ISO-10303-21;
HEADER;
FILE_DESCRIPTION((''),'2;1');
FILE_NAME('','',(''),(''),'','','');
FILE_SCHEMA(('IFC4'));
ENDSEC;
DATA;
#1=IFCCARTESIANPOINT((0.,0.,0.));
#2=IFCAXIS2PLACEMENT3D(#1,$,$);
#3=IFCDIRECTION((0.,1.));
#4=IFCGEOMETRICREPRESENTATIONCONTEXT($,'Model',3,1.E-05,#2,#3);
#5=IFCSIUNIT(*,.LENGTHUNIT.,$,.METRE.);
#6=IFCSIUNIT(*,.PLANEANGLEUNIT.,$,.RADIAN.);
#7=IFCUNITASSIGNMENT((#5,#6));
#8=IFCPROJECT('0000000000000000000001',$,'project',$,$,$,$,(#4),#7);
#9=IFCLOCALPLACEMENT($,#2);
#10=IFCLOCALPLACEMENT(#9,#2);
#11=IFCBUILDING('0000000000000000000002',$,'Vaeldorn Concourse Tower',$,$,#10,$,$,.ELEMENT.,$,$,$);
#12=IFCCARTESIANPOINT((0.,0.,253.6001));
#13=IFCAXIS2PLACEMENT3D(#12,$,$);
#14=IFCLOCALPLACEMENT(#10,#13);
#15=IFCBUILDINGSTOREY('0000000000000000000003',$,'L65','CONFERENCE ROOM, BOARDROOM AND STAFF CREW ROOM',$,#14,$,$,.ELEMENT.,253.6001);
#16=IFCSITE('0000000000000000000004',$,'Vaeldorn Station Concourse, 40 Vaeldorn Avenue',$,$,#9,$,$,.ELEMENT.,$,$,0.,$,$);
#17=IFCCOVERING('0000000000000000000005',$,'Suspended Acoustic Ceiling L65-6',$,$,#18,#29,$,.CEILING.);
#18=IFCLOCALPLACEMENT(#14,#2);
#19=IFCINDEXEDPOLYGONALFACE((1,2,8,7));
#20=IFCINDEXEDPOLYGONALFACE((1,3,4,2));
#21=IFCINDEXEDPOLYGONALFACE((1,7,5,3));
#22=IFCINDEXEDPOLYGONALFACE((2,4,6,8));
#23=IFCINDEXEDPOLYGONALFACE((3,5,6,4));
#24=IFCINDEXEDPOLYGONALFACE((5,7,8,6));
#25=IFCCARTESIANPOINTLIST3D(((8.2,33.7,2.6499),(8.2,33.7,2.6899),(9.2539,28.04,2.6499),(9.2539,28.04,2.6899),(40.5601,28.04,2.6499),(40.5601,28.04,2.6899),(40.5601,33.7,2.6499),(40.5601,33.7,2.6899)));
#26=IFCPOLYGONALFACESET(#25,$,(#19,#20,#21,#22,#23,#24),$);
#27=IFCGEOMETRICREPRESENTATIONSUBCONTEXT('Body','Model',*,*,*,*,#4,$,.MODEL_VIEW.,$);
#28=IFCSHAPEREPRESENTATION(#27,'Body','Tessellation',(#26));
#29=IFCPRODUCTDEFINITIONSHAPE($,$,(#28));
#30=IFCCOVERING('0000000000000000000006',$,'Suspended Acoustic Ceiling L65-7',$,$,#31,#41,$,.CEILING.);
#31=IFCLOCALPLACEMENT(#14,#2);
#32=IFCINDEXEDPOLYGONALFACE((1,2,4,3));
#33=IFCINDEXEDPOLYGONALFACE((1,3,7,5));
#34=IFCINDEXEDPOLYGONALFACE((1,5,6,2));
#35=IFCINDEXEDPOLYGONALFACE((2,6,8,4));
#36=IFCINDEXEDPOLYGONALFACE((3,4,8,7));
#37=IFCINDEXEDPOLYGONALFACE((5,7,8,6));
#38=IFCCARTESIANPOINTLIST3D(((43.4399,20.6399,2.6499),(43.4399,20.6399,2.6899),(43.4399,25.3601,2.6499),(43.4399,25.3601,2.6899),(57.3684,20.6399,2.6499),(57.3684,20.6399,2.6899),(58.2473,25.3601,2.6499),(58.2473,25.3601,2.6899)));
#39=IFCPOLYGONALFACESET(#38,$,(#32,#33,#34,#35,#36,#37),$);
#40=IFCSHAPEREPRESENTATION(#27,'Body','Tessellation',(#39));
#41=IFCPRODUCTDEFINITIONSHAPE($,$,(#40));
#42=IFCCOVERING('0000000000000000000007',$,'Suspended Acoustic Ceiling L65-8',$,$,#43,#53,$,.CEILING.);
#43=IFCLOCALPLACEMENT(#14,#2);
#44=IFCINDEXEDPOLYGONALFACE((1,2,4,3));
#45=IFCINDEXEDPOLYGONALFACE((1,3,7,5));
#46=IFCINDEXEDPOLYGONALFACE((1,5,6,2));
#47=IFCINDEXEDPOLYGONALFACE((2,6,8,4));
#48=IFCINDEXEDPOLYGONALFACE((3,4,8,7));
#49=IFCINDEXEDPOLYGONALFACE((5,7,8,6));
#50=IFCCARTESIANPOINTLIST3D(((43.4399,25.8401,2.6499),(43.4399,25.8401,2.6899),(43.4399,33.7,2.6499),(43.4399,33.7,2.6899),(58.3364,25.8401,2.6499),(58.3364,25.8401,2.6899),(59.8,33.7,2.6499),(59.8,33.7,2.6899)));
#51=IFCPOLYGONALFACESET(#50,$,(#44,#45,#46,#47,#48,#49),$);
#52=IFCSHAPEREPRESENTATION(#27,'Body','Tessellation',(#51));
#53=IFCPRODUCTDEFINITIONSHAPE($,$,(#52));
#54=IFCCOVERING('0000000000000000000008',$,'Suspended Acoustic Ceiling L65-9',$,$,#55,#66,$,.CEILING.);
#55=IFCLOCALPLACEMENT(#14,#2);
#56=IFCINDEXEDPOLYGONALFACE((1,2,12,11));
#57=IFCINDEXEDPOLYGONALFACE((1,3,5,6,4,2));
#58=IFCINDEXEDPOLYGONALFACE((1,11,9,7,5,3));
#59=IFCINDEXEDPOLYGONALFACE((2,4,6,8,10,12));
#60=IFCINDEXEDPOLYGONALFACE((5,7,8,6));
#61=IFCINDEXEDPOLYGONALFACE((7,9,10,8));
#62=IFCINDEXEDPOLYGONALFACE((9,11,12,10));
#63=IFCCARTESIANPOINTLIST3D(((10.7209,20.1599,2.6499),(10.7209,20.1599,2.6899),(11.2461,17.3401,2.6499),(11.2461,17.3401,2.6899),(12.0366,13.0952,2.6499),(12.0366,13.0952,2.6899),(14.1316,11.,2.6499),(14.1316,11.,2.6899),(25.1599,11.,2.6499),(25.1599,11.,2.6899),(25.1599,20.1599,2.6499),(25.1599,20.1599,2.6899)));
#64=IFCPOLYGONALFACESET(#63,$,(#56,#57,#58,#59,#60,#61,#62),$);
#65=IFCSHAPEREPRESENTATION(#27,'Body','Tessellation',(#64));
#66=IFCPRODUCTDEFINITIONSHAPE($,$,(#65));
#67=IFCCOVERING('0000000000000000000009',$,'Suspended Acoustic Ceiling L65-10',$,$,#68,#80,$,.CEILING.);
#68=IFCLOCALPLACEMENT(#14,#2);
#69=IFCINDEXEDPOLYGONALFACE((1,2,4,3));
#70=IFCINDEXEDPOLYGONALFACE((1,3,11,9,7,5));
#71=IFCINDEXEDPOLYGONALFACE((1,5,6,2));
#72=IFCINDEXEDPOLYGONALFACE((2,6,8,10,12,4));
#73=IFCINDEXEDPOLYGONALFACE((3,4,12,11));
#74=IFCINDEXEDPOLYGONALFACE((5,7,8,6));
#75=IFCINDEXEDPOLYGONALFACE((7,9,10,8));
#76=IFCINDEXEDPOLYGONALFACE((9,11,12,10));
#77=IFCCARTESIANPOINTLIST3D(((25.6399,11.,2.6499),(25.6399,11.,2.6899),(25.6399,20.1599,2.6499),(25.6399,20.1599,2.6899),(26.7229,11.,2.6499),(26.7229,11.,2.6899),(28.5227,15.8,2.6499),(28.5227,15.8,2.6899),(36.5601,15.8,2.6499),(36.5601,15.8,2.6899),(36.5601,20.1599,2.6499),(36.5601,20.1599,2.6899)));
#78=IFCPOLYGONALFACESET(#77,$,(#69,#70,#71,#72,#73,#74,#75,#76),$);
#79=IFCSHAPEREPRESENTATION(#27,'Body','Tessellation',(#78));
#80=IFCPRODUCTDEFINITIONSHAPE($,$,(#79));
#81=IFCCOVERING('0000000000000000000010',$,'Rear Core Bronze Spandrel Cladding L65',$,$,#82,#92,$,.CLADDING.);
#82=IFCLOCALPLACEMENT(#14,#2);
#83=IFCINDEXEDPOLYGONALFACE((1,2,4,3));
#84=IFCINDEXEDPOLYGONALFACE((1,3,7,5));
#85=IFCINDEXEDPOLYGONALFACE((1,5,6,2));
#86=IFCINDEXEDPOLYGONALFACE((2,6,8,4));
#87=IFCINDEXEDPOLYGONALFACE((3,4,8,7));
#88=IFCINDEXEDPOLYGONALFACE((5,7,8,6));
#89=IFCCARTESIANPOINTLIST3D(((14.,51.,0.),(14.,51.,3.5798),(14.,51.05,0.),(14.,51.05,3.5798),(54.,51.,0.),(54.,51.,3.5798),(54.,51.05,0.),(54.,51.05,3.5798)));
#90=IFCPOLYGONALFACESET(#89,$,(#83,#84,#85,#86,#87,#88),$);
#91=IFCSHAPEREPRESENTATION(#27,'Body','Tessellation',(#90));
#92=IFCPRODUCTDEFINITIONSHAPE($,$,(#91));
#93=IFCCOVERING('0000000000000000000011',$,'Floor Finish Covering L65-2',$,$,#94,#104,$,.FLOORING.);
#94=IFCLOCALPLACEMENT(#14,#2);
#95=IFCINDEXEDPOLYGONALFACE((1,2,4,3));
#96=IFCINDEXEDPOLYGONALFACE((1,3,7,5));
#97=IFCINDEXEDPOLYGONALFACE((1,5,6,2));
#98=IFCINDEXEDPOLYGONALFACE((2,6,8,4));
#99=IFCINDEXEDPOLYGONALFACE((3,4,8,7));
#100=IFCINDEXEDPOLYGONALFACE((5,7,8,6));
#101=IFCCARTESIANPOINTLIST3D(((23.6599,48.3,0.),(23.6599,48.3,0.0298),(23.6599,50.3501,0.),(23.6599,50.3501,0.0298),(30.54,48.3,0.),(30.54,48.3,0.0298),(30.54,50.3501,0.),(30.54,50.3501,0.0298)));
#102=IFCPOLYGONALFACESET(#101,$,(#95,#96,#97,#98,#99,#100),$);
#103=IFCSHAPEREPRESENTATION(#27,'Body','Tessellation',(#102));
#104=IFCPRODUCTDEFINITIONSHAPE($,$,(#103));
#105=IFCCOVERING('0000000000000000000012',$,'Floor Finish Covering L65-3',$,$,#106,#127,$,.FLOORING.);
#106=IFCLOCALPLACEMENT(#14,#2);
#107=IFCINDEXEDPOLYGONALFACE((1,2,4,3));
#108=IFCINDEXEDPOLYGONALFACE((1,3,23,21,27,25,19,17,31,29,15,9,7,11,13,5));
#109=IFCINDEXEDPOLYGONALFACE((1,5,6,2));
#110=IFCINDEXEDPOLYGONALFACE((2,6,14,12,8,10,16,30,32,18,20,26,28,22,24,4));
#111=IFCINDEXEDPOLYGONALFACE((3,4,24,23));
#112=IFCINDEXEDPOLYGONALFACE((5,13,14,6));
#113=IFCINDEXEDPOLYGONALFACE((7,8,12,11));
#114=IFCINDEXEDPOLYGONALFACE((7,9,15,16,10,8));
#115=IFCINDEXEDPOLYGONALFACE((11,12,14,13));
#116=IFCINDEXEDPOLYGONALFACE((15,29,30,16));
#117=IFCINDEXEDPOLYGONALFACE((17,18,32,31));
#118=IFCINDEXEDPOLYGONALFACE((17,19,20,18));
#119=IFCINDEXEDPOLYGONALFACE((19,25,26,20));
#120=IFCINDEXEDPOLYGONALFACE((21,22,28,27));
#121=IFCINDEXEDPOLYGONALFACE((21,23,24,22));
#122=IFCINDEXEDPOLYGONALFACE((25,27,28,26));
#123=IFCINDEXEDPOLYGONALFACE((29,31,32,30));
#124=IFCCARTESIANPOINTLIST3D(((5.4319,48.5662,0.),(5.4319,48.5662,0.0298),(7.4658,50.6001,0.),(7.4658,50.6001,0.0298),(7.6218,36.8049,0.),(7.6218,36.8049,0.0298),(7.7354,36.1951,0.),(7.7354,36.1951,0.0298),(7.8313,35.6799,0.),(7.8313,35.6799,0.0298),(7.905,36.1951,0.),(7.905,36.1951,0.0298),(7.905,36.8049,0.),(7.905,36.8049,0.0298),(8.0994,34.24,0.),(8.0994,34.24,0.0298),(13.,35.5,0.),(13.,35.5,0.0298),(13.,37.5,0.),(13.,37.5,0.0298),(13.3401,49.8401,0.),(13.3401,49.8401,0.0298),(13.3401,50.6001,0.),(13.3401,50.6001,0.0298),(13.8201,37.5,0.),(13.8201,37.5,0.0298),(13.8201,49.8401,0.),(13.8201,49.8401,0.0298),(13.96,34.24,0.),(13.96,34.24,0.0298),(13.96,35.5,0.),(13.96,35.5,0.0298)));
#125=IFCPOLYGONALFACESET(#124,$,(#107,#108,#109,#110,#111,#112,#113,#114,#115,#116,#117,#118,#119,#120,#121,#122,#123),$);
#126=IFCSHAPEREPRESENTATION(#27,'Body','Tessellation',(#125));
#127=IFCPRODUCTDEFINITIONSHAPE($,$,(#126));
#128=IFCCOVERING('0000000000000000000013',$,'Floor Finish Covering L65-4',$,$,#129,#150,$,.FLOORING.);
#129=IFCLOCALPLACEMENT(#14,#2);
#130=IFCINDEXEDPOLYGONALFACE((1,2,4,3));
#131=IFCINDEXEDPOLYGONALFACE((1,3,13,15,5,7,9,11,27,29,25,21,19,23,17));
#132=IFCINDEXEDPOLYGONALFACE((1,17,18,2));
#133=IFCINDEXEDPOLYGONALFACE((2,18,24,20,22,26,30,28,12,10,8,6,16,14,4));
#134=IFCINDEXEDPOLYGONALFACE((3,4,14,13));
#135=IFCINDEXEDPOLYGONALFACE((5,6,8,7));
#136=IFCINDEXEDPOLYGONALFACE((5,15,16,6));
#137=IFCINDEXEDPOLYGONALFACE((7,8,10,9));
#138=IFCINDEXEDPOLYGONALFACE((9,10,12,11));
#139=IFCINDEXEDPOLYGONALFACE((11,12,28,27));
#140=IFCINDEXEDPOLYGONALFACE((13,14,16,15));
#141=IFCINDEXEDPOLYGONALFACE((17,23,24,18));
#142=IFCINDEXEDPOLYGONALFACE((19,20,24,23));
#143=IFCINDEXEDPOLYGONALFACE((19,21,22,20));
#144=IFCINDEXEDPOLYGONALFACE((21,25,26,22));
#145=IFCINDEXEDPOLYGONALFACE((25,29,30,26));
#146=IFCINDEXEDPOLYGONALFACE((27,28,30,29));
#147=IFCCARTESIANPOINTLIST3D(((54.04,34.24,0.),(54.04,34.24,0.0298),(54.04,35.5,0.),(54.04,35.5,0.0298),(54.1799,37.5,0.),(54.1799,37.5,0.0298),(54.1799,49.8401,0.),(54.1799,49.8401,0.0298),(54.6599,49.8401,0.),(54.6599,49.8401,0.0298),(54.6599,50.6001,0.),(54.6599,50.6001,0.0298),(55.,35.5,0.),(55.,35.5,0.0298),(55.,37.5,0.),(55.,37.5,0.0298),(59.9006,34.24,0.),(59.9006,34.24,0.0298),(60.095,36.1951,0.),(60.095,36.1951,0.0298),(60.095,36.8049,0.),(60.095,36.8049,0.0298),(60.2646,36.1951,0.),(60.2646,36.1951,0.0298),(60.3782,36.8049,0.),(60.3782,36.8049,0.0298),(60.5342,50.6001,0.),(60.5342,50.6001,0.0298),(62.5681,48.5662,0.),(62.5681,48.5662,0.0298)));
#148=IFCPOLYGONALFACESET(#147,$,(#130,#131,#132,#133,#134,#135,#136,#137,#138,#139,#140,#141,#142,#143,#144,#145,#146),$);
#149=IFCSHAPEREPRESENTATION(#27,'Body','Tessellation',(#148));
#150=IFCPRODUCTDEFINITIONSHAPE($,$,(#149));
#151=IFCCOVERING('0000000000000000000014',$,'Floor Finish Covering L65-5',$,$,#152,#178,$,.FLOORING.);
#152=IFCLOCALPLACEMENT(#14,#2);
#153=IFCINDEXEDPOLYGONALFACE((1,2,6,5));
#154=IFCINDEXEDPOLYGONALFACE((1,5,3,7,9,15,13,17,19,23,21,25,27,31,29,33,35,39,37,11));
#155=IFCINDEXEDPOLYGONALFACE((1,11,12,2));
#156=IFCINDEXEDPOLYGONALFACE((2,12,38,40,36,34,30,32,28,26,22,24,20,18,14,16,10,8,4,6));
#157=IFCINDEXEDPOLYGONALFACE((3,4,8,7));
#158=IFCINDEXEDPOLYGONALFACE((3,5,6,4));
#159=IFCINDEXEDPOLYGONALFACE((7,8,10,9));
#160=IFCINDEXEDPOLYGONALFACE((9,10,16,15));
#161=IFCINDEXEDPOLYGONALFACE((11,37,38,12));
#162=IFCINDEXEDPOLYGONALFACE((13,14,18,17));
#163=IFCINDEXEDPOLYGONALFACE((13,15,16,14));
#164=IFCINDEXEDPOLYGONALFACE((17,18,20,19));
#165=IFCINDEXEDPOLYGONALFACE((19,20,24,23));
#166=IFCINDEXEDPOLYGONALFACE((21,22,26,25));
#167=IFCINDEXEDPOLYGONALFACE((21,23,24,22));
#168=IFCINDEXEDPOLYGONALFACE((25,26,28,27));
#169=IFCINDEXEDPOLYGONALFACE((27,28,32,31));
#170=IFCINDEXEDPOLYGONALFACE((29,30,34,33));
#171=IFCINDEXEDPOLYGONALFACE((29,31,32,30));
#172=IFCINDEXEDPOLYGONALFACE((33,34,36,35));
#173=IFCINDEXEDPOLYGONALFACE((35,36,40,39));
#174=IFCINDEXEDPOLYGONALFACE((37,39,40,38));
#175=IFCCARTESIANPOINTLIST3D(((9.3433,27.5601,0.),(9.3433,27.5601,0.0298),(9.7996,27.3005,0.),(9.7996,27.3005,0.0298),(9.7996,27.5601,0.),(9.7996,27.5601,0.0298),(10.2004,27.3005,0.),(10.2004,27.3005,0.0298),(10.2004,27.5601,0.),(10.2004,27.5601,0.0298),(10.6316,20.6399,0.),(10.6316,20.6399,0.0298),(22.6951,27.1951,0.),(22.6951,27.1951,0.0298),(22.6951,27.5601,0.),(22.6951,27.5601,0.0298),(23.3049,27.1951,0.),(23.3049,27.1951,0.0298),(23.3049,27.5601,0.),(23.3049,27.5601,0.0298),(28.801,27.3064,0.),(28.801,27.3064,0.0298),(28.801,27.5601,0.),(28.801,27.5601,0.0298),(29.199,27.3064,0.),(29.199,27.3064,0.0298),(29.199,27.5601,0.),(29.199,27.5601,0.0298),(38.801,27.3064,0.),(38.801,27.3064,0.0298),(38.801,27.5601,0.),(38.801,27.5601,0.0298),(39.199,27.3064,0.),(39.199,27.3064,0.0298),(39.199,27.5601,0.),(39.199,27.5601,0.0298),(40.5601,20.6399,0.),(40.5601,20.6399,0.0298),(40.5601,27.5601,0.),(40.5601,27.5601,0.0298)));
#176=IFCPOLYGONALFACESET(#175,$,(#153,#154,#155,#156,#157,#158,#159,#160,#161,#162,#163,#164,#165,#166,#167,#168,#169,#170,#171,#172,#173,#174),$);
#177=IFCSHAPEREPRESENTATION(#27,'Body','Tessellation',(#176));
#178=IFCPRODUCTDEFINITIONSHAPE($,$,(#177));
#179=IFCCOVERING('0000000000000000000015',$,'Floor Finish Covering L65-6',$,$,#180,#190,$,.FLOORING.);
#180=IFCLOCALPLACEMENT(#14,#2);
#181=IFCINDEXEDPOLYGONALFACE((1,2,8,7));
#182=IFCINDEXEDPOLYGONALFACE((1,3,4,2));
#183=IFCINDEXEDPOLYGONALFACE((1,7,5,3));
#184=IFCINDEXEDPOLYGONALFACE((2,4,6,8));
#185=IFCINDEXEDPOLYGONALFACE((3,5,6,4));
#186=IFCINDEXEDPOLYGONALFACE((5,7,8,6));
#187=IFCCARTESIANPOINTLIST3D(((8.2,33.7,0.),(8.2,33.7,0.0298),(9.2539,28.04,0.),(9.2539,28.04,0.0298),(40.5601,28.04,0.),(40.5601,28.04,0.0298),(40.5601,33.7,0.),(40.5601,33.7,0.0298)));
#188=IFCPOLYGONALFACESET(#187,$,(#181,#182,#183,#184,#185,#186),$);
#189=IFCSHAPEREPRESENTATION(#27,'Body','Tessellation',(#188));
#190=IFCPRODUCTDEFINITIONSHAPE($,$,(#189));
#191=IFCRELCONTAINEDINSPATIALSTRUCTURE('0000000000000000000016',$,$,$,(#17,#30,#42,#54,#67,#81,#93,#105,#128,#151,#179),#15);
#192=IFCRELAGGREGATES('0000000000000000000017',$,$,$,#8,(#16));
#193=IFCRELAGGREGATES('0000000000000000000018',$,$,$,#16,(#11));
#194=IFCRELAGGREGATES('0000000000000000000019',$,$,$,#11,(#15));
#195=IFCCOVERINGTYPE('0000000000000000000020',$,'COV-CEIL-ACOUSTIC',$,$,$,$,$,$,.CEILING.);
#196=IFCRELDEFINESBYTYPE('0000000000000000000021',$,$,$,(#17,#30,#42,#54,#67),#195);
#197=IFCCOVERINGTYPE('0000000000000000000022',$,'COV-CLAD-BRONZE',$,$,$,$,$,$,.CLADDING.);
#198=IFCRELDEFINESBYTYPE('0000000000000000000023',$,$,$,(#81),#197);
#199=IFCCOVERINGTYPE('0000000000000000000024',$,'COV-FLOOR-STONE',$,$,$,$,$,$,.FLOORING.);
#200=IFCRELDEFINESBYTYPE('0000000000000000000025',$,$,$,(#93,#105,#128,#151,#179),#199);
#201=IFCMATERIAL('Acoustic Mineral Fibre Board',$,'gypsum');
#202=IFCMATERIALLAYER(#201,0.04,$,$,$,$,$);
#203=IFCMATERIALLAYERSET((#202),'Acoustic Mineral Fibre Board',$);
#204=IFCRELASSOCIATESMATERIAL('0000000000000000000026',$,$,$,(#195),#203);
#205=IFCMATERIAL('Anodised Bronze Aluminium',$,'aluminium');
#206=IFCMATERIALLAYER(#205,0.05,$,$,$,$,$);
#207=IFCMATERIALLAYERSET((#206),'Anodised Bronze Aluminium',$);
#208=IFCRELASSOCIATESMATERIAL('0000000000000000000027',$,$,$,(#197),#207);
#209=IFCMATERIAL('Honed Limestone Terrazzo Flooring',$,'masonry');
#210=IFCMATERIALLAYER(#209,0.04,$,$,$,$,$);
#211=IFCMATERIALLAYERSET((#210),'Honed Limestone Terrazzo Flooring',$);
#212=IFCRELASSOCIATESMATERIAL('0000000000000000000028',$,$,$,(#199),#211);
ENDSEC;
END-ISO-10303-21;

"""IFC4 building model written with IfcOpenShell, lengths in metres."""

from ifc_helpers import new_model, si_unit, direction, frame, origin, place, context, subcontext, project, spatial, polyline, outline, extrude, material, layer, layer_set, type_object, element, save


model = new_model("IFC4")

# Units and contexts
model_context = context("Model", 3, precision=1e-05, world=origin(), true_north=direction((0.0, 1.0)))
body_context = subcontext(model_context, "Body", "Model", "MODEL_VIEW")
ifc_project = project(units=[si_unit("LENGTHUNIT", "METRE"), si_unit("PLANEANGLEUNIT", "RADIAN")], contexts=[model_context])

# Site, building, storey
site_placement = place(None, origin())
site = spatial("IfcSite", under=ifc_project, at=site_placement, Name="Vaeldorn Station Concourse, 40 Vaeldorn Avenue", CompositionType="ELEMENT", RefElevation=0.0)
building_placement = place(site_placement, origin())
building = spatial("IfcBuilding", under=site, at=building_placement, Name="Vaeldorn Concourse Tower", CompositionType="ELEMENT")
storey_placement = place(building_placement, frame((0.0, 0.0, 253.6001)))
storey = spatial("IfcBuildingStorey", under=building, at=storey_placement, Name="L65", Description="CONFERENCE ROOM, BOARDROOM AND STAFF CREW ROOM", CompositionType="ELEMENT", Elevation=253.6001)

# Coverings
ifc_material_1 = material(Name="Acoustic Mineral Fibre Board", Category="gypsum")
ifc_layer_1 = layer(ifc_material_1, 0.04)
ifc_layer_set_1 = layer_set([ifc_layer_1], Name="Acoustic Mineral Fibre Board")
covering_type_1 = type_object("IfcCoveringType", Name="COV-CEIL-ACOUSTIC", PredefinedType="CEILING", material=ifc_layer_set_1)
covering_1_placement = place(storey_placement, frame((0.0, 0.0, 2.6499)))
element("IfcCovering", 1, at=covering_1_placement, inside=storey, type_object=covering_type_1, Name="Suspended Acoustic Ceiling L65-6", PredefinedType="CEILING", context=body_context, shape_type="SweptSolid", body=[
    extrude(outline(polyline([(40.5601, 33.7), (40.5601, 28.04), (9.2539, 28.04), (8.2, 33.7), (40.5601, 33.7)])), origin(), (0.0, 0.0, 1.0), 0.04),
])
covering_2_placement = place(storey_placement, frame((0.0, 0.0, 2.6499)))
element("IfcCovering", 2, at=covering_2_placement, inside=storey, type_object=covering_type_1, Name="Suspended Acoustic Ceiling L65-7", PredefinedType="CEILING", context=body_context, shape_type="SweptSolid", body=[
    extrude(outline(polyline([(43.4399, 20.6399), (43.4399, 25.3601), (58.2473, 25.3601), (57.3684, 20.6399), (43.4399, 20.6399)])), origin(), (0.0, 0.0, 1.0), 0.04),
])
covering_3_placement = place(storey_placement, frame((0.0, 0.0, 2.6499)))
element("IfcCovering", 3, at=covering_3_placement, inside=storey, type_object=covering_type_1, Name="Suspended Acoustic Ceiling L65-8", PredefinedType="CEILING", context=body_context, shape_type="SweptSolid", body=[
    extrude(outline(polyline([(43.4399, 25.8401), (43.4399, 33.7), (59.8, 33.7), (58.3364, 25.8401), (43.4399, 25.8401)])), origin(), (0.0, 0.0, 1.0), 0.04),
])
covering_4_placement = place(storey_placement, frame((0.0, 0.0, 2.6499)))
element("IfcCovering", 4, at=covering_4_placement, inside=storey, type_object=covering_type_1, Name="Suspended Acoustic Ceiling L65-9", PredefinedType="CEILING", context=body_context, shape_type="SweptSolid", body=[
    extrude(outline(polyline([(25.1599, 20.1599), (25.1599, 11.0), (14.1316, 11.0), (12.0366, 13.0952), (11.2461, 17.3401), (11.2461, 17.3401), (10.7209, 20.1599), (25.1599, 20.1599)])), origin(), (0.0, 0.0, 1.0), 0.04),
])
covering_5_placement = place(storey_placement, frame((0.0, 0.0, 2.6499)))
element("IfcCovering", 5, at=covering_5_placement, inside=storey, type_object=covering_type_1, Name="Suspended Acoustic Ceiling L65-10", PredefinedType="CEILING", context=body_context, shape_type="SweptSolid", body=[
    extrude(outline(polyline([(26.7229, 11.0), (25.6399, 11.0), (25.6399, 20.1599), (36.5601, 20.1599), (36.5601, 15.8), (28.5227, 15.8), (26.7229, 11.0)])), origin(), (0.0, 0.0, 1.0), 0.04),
])
ifc_material_2 = material(Name="Anodised Bronze Aluminium", Category="aluminium")
ifc_layer_2 = layer(ifc_material_2, 0.05)
ifc_layer_set_2 = layer_set([ifc_layer_2], Name="Anodised Bronze Aluminium")
covering_type_2 = type_object("IfcCoveringType", Name="COV-CLAD-BRONZE", PredefinedType="CLADDING", material=ifc_layer_set_2)
covering_6_placement = place(storey_placement, origin())
element("IfcCovering", 6, at=covering_6_placement, inside=storey, type_object=covering_type_2, Name="Rear Core Bronze Spandrel Cladding L65", PredefinedType="CLADDING", context=body_context, shape_type="SweptSolid", body=[
    extrude(outline(polyline([(14.0, 51.0), (54.0, 51.0), (54.0, 51.05), (14.0, 51.05), (14.0, 51.0)])), origin(), (0.0, 0.0, 1.0), 3.5798),
])
ifc_material_3 = material(Name="Honed Limestone Terrazzo Flooring", Category="masonry")
ifc_layer_3 = layer(ifc_material_3, 0.04)
ifc_layer_set_3 = layer_set([ifc_layer_3], Name="Honed Limestone Terrazzo Flooring")
covering_type_3 = type_object("IfcCoveringType", Name="COV-FLOOR-STONE", PredefinedType="FLOORING", material=ifc_layer_set_3)
covering_7_placement = place(storey_placement, origin())
element("IfcCovering", 7, at=covering_7_placement, inside=storey, type_object=covering_type_3, Name="Floor Finish Covering L65-2", PredefinedType="FLOORING", context=body_context, shape_type="SweptSolid", body=[
    extrude(outline(polyline([(30.54, 50.3501), (30.54, 48.3), (23.6599, 48.3), (23.6599, 50.3501), (30.54, 50.3501)])), origin(), (0.0, 0.0, 1.0), 0.0298),
])
covering_8_placement = place(storey_placement, origin())
element("IfcCovering", 8, at=covering_8_placement, inside=storey, type_object=covering_type_3, Name="Floor Finish Covering L65-3", PredefinedType="FLOORING", context=body_context, shape_type="SweptSolid", body=[
    extrude(outline(polyline([(7.4658, 50.6001), (13.3401, 50.6001), (13.3401, 49.8401), (13.8201, 49.8401), (13.8201, 37.5), (13.0, 37.5), (13.0, 35.5), (13.96, 35.5), (13.96, 34.24), (8.0994, 34.24), (7.8313, 35.6799), (7.8313, 35.6799), (7.7354, 36.1951), (7.905, 36.1951), (7.905, 36.8049), (7.6218, 36.8049), (5.4319, 48.5662), (7.4658, 50.6001)])), origin(), (0.0, 0.0, 1.0), 0.0298),
])
covering_9_placement = place(storey_placement, origin())
element("IfcCovering", 9, at=covering_9_placement, inside=storey, type_object=covering_type_3, Name="Floor Finish Covering L65-4", PredefinedType="FLOORING", context=body_context, shape_type="SweptSolid", body=[
    extrude(outline(polyline([(54.1799, 49.8401), (54.6599, 49.8401), (54.6599, 50.6001), (60.5342, 50.6001), (62.5681, 48.5662), (60.3782, 36.8049), (60.095, 36.8049), (60.095, 36.1951), (60.2646, 36.1951), (59.9006, 34.24), (54.04, 34.24), (54.04, 35.5), (55.0, 35.5), (55.0, 37.5), (54.1799, 37.5), (54.1799, 49.8401)])), origin(), (0.0, 0.0, 1.0), 0.0298),
])
covering_10_placement = place(storey_placement, origin())
element("IfcCovering", 10, at=covering_10_placement, inside=storey, type_object=covering_type_3, Name="Floor Finish Covering L65-5", PredefinedType="FLOORING", context=body_context, shape_type="SweptSolid", body=[
    extrude(outline(polyline([(9.7996, 27.5601), (9.7996, 27.3005), (10.2004, 27.3005), (10.2004, 27.5601), (22.6951, 27.5601), (22.6951, 27.1951), (23.3049, 27.1951), (23.3049, 27.5601), (28.801, 27.5601), (28.801, 27.3064), (29.199, 27.3064), (29.199, 27.5601), (38.801, 27.5601), (38.801, 27.3064), (39.199, 27.3064), (39.199, 27.5601), (40.5601, 27.5601), (40.5601, 20.6399), (10.6316, 20.6399), (9.3433, 27.5601), (9.7996, 27.5601)])), origin(), (0.0, 0.0, 1.0), 0.0298),
])
covering_11_placement = place(storey_placement, origin())
element("IfcCovering", 11, at=covering_11_placement, inside=storey, type_object=covering_type_3, Name="Floor Finish Covering L65-6", PredefinedType="FLOORING", context=body_context, shape_type="SweptSolid", body=[
    extrude(outline(polyline([(40.5601, 33.7), (40.5601, 28.04), (9.2539, 28.04), (8.2, 33.7), (40.5601, 33.7)])), origin(), (0.0, 0.0, 1.0), 0.0298),
])

save(model, "model.ifc")
